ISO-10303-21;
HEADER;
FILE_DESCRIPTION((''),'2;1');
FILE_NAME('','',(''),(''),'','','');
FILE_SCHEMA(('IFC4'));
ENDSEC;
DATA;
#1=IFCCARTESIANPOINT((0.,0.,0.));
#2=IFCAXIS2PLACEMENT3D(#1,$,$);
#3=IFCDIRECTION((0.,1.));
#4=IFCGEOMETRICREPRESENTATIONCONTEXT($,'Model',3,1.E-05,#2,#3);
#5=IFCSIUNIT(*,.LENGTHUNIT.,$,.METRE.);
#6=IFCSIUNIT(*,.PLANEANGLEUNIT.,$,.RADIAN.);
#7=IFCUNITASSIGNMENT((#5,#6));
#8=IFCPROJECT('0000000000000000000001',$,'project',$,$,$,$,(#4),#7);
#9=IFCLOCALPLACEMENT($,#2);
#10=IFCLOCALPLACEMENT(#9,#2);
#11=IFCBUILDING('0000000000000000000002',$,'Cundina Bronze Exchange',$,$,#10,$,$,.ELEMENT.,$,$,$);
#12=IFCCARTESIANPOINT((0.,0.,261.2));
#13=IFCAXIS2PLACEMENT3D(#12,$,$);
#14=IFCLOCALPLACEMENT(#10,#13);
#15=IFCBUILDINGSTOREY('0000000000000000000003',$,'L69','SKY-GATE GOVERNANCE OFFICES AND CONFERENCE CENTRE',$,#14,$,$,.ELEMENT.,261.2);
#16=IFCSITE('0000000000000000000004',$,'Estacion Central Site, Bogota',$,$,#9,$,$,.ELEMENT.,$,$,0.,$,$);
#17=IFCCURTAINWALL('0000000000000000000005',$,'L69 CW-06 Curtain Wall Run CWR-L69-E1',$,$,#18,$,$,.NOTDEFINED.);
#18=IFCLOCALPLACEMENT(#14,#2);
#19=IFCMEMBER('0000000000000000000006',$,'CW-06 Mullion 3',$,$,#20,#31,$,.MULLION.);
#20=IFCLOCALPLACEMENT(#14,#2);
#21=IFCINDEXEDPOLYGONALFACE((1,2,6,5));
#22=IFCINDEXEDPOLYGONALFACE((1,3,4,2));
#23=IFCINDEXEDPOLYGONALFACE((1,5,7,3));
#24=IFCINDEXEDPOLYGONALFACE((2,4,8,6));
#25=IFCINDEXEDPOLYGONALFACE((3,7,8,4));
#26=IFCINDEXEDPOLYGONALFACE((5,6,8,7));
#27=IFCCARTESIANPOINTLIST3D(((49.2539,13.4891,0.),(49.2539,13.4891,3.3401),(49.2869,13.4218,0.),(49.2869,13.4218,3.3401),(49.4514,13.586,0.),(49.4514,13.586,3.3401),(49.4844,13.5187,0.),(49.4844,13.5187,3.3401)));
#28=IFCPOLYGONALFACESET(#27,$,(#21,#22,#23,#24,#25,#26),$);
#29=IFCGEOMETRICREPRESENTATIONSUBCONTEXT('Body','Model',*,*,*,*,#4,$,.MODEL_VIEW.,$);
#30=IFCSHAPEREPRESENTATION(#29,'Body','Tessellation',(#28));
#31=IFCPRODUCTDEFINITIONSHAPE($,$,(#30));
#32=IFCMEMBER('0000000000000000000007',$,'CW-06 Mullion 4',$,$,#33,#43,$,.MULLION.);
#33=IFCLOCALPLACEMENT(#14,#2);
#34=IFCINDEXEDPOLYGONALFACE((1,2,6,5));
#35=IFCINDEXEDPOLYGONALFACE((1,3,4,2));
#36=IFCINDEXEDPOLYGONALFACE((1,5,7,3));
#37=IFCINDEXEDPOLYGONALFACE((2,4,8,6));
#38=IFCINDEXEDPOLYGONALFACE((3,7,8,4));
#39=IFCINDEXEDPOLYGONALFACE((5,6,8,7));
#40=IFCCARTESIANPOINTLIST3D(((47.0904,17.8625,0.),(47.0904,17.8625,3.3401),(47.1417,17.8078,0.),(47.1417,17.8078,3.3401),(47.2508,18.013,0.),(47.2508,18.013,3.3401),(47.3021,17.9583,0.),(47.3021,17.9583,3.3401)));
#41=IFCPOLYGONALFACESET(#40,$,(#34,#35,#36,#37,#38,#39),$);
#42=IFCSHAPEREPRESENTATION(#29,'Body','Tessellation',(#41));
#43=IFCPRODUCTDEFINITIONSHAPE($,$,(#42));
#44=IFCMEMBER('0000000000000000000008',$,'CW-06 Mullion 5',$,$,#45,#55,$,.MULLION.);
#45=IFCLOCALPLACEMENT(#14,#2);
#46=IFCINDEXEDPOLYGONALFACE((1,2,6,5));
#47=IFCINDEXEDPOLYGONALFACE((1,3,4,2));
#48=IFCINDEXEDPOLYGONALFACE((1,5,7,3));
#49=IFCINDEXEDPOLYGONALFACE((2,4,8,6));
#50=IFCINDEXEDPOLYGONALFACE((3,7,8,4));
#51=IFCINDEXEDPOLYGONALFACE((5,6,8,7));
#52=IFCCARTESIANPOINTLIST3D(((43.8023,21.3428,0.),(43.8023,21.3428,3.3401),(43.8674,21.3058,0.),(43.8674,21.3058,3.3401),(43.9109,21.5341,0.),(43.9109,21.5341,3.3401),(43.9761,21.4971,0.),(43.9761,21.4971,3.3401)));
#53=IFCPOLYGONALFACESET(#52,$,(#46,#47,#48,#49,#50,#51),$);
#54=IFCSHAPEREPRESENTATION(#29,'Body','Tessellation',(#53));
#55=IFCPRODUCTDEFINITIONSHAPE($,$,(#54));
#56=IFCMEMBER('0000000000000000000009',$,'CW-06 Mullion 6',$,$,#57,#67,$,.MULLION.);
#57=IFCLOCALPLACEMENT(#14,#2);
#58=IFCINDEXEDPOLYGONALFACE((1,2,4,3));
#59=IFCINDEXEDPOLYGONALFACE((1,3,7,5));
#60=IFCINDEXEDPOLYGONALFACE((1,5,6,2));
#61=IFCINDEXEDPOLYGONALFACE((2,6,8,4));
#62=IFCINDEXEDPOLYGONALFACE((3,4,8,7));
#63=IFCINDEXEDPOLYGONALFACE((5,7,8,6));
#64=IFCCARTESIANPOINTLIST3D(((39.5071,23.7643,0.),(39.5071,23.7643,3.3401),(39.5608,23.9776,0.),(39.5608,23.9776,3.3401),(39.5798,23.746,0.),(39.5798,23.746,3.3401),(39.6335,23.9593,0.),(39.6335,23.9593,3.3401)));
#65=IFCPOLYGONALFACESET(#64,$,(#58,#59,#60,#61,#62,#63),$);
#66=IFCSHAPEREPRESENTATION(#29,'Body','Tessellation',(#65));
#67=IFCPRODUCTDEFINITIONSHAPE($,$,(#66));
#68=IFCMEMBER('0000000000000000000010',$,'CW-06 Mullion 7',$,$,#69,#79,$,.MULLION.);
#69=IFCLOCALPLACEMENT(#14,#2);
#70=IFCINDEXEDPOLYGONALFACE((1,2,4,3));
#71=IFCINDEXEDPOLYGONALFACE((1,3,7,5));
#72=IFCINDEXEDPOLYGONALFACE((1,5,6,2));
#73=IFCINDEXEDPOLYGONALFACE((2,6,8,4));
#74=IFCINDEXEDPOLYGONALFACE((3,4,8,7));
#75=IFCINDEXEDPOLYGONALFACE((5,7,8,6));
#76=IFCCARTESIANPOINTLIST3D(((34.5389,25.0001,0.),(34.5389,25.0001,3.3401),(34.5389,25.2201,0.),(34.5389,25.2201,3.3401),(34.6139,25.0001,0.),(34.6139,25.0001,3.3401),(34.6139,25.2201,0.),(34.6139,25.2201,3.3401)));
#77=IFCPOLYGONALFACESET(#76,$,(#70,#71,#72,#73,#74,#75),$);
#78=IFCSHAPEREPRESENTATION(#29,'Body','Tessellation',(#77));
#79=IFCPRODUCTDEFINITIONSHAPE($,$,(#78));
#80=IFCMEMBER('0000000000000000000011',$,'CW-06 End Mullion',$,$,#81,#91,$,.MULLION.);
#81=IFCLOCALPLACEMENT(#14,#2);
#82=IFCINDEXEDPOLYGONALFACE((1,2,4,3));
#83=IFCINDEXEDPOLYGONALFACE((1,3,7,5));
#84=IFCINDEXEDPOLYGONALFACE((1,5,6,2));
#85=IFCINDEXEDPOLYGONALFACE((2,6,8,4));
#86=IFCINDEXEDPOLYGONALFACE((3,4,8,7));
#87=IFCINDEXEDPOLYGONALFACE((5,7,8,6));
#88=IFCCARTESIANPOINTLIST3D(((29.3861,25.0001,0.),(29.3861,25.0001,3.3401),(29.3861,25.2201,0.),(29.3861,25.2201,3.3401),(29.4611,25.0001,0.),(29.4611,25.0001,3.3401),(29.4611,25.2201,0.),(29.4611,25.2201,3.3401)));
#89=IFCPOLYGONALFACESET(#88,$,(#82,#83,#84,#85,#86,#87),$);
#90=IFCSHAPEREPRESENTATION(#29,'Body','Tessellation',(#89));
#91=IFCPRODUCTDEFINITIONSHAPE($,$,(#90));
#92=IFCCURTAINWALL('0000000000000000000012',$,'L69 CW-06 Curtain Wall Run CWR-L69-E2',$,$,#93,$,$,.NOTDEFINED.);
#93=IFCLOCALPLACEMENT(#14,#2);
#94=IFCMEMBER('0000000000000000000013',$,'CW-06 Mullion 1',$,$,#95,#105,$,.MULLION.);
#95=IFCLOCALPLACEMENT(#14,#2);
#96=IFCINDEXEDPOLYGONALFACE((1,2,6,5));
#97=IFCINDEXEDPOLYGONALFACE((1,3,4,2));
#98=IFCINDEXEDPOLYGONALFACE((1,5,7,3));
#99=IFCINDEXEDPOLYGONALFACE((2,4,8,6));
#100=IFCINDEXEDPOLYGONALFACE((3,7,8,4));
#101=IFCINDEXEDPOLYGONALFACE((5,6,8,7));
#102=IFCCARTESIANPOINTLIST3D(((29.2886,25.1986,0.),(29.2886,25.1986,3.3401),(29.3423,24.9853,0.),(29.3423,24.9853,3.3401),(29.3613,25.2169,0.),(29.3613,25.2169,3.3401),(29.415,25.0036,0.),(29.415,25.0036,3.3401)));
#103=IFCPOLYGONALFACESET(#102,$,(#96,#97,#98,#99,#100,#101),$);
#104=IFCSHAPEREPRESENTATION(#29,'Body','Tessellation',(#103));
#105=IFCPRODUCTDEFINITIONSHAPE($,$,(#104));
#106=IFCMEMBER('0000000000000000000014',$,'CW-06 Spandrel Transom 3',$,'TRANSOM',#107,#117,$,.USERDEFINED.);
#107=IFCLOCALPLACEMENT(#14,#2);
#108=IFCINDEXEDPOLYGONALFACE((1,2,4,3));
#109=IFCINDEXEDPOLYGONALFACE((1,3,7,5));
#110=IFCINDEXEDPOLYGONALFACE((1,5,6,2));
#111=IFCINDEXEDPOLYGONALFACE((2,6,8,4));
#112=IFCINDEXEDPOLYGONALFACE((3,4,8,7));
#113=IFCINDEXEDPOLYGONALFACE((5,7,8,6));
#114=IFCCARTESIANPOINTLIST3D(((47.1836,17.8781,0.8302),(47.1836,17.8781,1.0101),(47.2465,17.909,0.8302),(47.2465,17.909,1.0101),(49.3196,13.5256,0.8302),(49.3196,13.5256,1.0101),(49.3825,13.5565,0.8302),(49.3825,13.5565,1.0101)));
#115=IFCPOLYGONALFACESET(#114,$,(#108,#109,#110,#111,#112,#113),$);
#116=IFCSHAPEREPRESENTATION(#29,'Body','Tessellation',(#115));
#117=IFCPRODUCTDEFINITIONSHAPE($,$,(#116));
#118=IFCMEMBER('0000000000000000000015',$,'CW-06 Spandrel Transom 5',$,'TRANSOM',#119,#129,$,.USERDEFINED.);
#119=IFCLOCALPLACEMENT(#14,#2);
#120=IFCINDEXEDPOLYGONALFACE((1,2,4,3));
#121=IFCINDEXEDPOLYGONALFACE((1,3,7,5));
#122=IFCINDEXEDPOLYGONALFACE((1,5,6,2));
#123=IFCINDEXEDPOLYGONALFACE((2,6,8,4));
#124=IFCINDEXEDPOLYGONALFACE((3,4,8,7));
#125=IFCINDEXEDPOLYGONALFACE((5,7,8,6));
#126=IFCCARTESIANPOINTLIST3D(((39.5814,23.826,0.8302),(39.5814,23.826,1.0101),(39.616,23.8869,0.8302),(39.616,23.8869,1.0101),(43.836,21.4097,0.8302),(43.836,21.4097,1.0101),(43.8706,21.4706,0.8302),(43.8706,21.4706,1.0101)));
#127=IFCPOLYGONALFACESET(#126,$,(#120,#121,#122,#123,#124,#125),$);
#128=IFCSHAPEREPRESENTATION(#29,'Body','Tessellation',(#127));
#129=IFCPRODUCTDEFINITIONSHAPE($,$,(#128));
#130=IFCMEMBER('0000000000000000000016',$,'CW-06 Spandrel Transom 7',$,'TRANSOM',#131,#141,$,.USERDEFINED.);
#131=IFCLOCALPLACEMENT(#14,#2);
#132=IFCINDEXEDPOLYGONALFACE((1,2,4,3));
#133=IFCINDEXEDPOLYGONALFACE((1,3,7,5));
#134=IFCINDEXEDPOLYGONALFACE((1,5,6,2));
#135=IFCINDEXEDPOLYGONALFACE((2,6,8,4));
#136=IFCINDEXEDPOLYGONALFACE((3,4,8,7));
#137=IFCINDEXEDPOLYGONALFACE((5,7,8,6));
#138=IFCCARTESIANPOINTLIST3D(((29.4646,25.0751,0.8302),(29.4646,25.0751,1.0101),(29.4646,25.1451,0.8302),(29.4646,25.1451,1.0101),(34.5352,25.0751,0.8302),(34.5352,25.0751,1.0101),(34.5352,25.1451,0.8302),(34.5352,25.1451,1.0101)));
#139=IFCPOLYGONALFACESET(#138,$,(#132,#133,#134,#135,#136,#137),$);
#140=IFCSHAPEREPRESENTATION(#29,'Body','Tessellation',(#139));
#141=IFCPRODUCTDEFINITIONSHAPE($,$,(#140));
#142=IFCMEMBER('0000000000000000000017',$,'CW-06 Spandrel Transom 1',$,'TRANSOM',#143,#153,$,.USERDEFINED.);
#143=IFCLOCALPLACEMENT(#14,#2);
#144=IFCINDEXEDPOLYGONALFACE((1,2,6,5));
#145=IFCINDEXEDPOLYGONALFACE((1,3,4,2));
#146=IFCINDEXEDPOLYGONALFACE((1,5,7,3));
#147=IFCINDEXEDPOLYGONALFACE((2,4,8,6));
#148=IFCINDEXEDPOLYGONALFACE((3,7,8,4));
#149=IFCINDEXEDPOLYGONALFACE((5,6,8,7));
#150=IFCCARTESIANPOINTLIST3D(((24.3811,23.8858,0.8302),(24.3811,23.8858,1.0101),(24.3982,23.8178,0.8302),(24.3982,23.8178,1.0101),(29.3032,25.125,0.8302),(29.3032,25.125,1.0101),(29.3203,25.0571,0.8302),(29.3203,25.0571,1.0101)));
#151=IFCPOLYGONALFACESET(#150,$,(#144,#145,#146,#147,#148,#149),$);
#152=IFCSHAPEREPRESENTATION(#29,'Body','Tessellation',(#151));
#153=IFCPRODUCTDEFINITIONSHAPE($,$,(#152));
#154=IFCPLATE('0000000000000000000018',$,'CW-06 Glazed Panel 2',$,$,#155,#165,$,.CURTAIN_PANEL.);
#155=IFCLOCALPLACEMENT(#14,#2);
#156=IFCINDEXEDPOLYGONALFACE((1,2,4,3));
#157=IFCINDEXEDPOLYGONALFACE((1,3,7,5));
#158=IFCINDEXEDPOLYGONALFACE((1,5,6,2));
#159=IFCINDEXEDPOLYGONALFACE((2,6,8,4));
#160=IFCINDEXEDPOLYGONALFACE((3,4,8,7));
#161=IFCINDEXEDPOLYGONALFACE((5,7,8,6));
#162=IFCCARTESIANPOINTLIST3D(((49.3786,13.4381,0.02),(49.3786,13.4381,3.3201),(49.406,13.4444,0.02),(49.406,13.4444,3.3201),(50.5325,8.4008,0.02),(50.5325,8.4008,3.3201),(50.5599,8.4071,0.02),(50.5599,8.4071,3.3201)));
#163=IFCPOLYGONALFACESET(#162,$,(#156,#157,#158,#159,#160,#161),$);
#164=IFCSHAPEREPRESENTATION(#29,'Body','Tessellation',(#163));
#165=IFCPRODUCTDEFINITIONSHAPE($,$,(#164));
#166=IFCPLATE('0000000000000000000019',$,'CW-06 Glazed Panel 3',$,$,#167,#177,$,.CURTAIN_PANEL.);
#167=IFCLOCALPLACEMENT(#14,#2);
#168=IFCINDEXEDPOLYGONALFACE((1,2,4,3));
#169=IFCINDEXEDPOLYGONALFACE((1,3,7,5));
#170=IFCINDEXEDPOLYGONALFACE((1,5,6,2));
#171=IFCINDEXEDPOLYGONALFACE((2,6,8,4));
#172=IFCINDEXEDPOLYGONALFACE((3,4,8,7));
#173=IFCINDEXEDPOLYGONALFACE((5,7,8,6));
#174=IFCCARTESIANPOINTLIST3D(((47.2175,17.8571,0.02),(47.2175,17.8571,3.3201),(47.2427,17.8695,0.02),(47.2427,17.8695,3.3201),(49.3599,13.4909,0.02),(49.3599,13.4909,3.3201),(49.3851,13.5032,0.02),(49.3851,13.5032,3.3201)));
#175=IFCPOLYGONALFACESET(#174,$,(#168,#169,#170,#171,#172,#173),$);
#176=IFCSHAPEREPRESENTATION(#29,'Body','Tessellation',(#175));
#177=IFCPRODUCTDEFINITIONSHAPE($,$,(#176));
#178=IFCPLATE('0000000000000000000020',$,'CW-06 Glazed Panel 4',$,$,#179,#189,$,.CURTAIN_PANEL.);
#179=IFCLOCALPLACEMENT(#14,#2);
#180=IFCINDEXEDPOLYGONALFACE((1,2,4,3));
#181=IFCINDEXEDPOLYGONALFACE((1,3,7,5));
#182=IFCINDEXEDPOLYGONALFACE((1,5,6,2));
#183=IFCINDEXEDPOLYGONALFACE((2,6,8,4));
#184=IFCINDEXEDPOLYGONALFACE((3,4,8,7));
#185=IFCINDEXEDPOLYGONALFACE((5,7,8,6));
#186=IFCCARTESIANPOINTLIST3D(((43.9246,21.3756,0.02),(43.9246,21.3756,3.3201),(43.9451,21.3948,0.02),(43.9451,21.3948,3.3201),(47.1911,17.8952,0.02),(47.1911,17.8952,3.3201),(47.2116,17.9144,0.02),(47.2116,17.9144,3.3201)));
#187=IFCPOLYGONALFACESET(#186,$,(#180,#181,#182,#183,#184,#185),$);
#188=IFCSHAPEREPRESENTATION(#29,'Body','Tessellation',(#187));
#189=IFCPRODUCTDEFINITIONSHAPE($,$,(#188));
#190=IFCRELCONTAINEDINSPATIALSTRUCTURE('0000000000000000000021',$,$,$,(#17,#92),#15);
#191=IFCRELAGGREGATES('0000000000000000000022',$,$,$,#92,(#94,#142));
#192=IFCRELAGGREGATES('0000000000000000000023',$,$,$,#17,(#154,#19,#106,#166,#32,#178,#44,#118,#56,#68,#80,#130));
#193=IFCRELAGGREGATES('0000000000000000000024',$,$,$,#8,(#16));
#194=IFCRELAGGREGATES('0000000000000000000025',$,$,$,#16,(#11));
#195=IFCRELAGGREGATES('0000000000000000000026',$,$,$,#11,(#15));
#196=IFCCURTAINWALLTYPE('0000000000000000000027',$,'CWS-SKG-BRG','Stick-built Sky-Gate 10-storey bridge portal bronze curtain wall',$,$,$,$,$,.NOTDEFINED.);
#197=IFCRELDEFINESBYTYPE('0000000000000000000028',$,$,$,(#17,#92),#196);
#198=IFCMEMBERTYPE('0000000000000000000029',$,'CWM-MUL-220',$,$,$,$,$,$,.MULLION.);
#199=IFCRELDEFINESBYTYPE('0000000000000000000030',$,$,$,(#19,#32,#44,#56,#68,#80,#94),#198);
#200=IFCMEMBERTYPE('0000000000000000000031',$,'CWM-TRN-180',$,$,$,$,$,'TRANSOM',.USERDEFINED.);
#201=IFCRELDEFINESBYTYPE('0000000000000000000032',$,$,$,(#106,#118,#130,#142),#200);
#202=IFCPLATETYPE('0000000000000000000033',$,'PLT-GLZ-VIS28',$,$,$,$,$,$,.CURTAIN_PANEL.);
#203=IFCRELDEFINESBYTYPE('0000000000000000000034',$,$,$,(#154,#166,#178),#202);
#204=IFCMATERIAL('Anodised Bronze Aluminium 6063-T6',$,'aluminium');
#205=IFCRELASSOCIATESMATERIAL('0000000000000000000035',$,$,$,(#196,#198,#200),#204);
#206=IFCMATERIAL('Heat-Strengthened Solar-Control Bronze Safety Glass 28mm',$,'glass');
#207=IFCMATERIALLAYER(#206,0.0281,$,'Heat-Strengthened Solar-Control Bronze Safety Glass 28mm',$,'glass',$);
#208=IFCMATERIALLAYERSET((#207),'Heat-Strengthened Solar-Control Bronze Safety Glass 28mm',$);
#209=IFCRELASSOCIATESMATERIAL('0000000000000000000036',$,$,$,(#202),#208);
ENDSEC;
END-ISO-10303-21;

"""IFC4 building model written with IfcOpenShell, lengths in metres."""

from ifc_helpers import new_model, si_unit, direction, frame, origin, origin_2d, place, context, subcontext, project, spatial, rectangle, extrude, material, layer, layer_set, material_profile, profile_set, type_object, element, aggregate, save


model = new_model("IFC4")

# Units and contexts
model_context = context("Model", 3, precision=1e-05, world=origin(), true_north=direction((0.0, 1.0)))
body_context = subcontext(model_context, "Body", "Model", "MODEL_VIEW")
ifc_project = project(units=[si_unit("LENGTHUNIT", "METRE"), si_unit("PLANEANGLEUNIT", "RADIAN")], contexts=[model_context])

# Site, building, storey
site_placement = place(None, origin())
site = spatial("IfcSite", under=ifc_project, at=site_placement, Name="Estacion Central Site, Bogota", CompositionType="ELEMENT", RefElevation=0.0)
building_placement = place(site_placement, origin())
building = spatial("IfcBuilding", under=site, at=building_placement, Name="Cundina Bronze Exchange", CompositionType="ELEMENT")
storey_placement = place(building_placement, frame((0.0, 0.0, 261.2)))
storey = spatial("IfcBuildingStorey", under=building, at=storey_placement, Name="L69", Description="SKY-GATE GOVERNANCE OFFICES AND CONFERENCE CENTRE", CompositionType="ELEMENT", Elevation=261.2)

# Curtain wall, members
ifc_material_1 = material(Name="Anodised Bronze Aluminium 6063-T6", Category="aluminium")
curtain_wall_type = type_object("IfcCurtainWallType", Name="CWS-SKG-BRG", Description="Stick-built Sky-Gate 10-storey bridge portal bronze curtain wall", PredefinedType="NOTDEFINED", material=ifc_material_1)
curtain_wall_1_placement = place(storey_placement, origin())
curtain_wall_1 = element("IfcCurtainWall", 1, at=curtain_wall_1_placement, inside=storey, type_object=curtain_wall_type, Name="L69 CW-06 Curtain Wall Run CWR-L69-E1", PredefinedType="NOTDEFINED")
ifc_material_profile_1 = material_profile(ifc_material_1, rectangle(XDim=0.075, YDim=0.22, at=origin_2d()), Name="AL75X220", Category="aluminium")
ifc_profile_set_1 = profile_set([ifc_material_profile_1], Name="Anodised Bronze Aluminium 6063-T6")
member_type_1 = type_object("IfcMemberType", Name="CWM-MUL-220", PredefinedType="MULLION", material=ifc_profile_set_1)
member_1_placement = place(storey_placement, frame((49.3691, 13.5039, 0.0), z_axis=(0.0, 0.0, 1.0), x_axis=(-0.440566, 0.89772, 0.0)))
member_1 = element("IfcMember", 2, at=member_1_placement, type_object=member_type_1, Name="CW-06 Mullion 3", PredefinedType="MULLION", context=body_context, shape_type="SweptSolid", body=[
    extrude(rectangle(XDim=0.075, YDim=0.22, at=origin_2d()), origin(), (0.0, 0.0, 1.0), 3.3401),
])
member_2_placement = place(storey_placement, frame((47.1963, 17.9104, 0.0), z_axis=(0.0, 0.0, 1.0), x_axis=(-0.684293, 0.729208, 0.0)))
member_2 = element("IfcMember", 3, at=member_2_placement, type_object=member_type_1, Name="CW-06 Mullion 4", PredefinedType="MULLION", context=body_context, shape_type="SweptSolid", body=[
    extrude(rectangle(XDim=0.075, YDim=0.22, at=origin_2d()), origin(), (0.0, 0.0, 1.0), 3.3401),
])
member_3_placement = place(storey_placement, frame((43.8892, 21.4199, 0.0), z_axis=(0.0, 0.0, 1.0), x_axis=(-0.869581, 0.49379, 0.0)))
member_3 = element("IfcMember", 4, at=member_3_placement, type_object=member_type_1, Name="CW-06 Mullion 5", PredefinedType="MULLION", context=body_context, shape_type="SweptSolid", body=[
    extrude(rectangle(XDim=0.075, YDim=0.22, at=origin_2d()), origin(), (0.0, 0.0, 1.0), 3.3401),
])
member_4_placement = place(storey_placement, frame((39.5703, 23.8618, 0.0), z_axis=(0.0, 0.0, 1.0), x_axis=(-0.969744, 0.244123, 0.0)))
member_4 = element("IfcMember", 5, at=member_4_placement, type_object=member_type_1, Name="CW-06 Mullion 6", PredefinedType="MULLION", context=body_context, shape_type="SweptSolid", body=[
    extrude(rectangle(XDim=0.075, YDim=0.22, at=origin_2d()), origin(), (0.0, 0.0, 1.0), 3.3401),
])
member_5_placement = place(storey_placement, frame((34.5764, 25.1101, 0.0), z_axis=(0.0, 0.0, 1.0), x_axis=(-1.0, 0.0, 0.0)))
member_5 = element("IfcMember", 6, at=member_5_placement, type_object=member_type_1, Name="CW-06 Mullion 7", PredefinedType="MULLION", context=body_context, shape_type="SweptSolid", body=[
    extrude(rectangle(XDim=0.075, YDim=0.22, at=origin_2d()), origin(), (0.0, 0.0, 1.0), 3.3401),
])
member_6_placement = place(storey_placement, frame((29.4236, 25.1101, 0.0), z_axis=(0.0, 0.0, 1.0), x_axis=(-1.0, 0.0, 0.0)))
member_6 = element("IfcMember", 7, at=member_6_placement, type_object=member_type_1, Name="CW-06 End Mullion", PredefinedType="MULLION", context=body_context, shape_type="SweptSolid", body=[
    extrude(rectangle(XDim=0.075, YDim=0.22, at=origin_2d()), origin(), (0.0, 0.0, 1.0), 3.3401),
])

# Curtain wall, member
curtain_wall_2_placement = place(storey_placement, origin())
curtain_wall_2 = element("IfcCurtainWall", 8, at=curtain_wall_2_placement, inside=storey, type_object=curtain_wall_type, Name="L69 CW-06 Curtain Wall Run CWR-L69-E2", PredefinedType="NOTDEFINED")
member_7_placement = place(storey_placement, frame((29.3518, 25.1011, 0.0), z_axis=(0.0, 0.0, 1.0), x_axis=(-0.969744, -0.244123, 0.0)))
member_7 = element("IfcMember", 9, at=member_7_placement, type_object=member_type_1, Name="CW-06 Mullion 1", PredefinedType="MULLION", context=body_context, shape_type="SweptSolid", body=[
    extrude(rectangle(XDim=0.075, YDim=0.22, at=origin_2d()), origin(), (0.0, 0.0, 1.0), 3.3401),
])

# Members
ifc_material_profile_2 = material_profile(ifc_material_1, rectangle(XDim=0.0701, YDim=0.1799, at=origin_2d()), Name="AL70X180", Category="aluminium")
ifc_profile_set_2 = profile_set([ifc_material_profile_2], Name="Anodised Bronze Aluminium 6063-T6")
member_type_2 = type_object("IfcMemberType", Name="CWM-TRN-180", ElementType="TRANSOM", PredefinedType="USERDEFINED", material=ifc_profile_set_2)
member_8_placement = place(storey_placement, frame((49.3511, 13.541, 0.9202), z_axis=(-0.440554, 0.897726, 0.0), x_axis=(-0.897726, -0.440554, 0.0)))
member_8 = element("IfcMember", 10, at=member_8_placement, type_object=member_type_2, Name="CW-06 Spandrel Transom 3", ObjectType="TRANSOM", PredefinedType="USERDEFINED", context=body_context, shape_type="SweptSolid", body=[
    extrude(rectangle(XDim=0.0701, YDim=0.1799, at=origin_2d()), origin(), (0.0, 0.0, 1.0), 4.8484),
])
member_9_placement = place(storey_placement, frame((43.8533, 21.4402, 0.9202), z_axis=(-0.869557, 0.493832, 0.0), x_axis=(-0.493832, -0.869557, 0.0)))
member_9 = element("IfcMember", 11, at=member_9_placement, type_object=member_type_2, Name="CW-06 Spandrel Transom 5", ObjectType="TRANSOM", PredefinedType="USERDEFINED", context=body_context, shape_type="SweptSolid", body=[
    extrude(rectangle(XDim=0.0701, YDim=0.1799, at=origin_2d()), origin(), (0.0, 0.0, 1.0), 4.8928),
])
member_10_placement = place(storey_placement, frame((34.5352, 25.1101, 0.9202), z_axis=(-1.0, 0.0, 0.0), x_axis=(0.0, -1.0, 0.0)))
member_10 = element("IfcMember", 12, at=member_10_placement, type_object=member_type_2, Name="CW-06 Spandrel Transom 7", ObjectType="TRANSOM", PredefinedType="USERDEFINED", context=body_context, shape_type="SweptSolid", body=[
    extrude(rectangle(XDim=0.0701, YDim=0.1799, at=origin_2d()), origin(), (0.0, 0.0, 1.0), 5.0706),
])
member_11_placement = place(storey_placement, frame((29.3118, 25.0911, 0.9202), z_axis=(-0.969737, -0.244154, 0.0), x_axis=(0.244154, -0.969737, 0.0)))
member_11 = element("IfcMember", 13, at=member_11_placement, type_object=member_type_2, Name="CW-06 Spandrel Transom 1", ObjectType="TRANSOM", PredefinedType="USERDEFINED", context=body_context, shape_type="SweptSolid", body=[
    extrude(rectangle(XDim=0.0701, YDim=0.1799, at=origin_2d()), origin(), (0.0, 0.0, 1.0), 5.0757),
])
aggregate(curtain_wall_2, [member_7, member_11])

# Plates
ifc_material_2 = material(Name="Heat-Strengthened Solar-Control Bronze Safety Glass 28mm", Category="glass")
ifc_layer_1 = layer(ifc_material_2, 0.0281, Name="Heat-Strengthened Solar-Control Bronze Safety Glass 28mm", Category="glass")
ifc_layer_set_1 = layer_set([ifc_layer_1], Name="Heat-Strengthened Solar-Control Bronze Safety Glass 28mm")
plate_type_1 = type_object("IfcPlateType", Name="PLT-GLZ-VIS28", PredefinedType="CURTAIN_PANEL", material=ifc_layer_set_1)
plate_1_placement = place(storey_placement, frame((49.9692, 10.9226, 0.02), z_axis=(0.0, 0.0, 1.0), x_axis=(-0.223284, 0.974753, 0.0)))
plate_1 = element("IfcPlate", 14, at=plate_1_placement, type_object=plate_type_1, Name="CW-06 Glazed Panel 2", PredefinedType="CURTAIN_PANEL", context=body_context, shape_type="SweptSolid", body=[
    extrude(rectangle(XDim=5.1677, YDim=0.0281, at=origin_2d()), origin(), (0.0, 0.0, 1.0), 3.3),
])
plate_2_placement = place(storey_placement, frame((48.3013, 15.6802, 0.02), z_axis=(0.0, 0.0, 1.0), x_axis=(-0.440503, 0.897751, 0.0)))
plate_2 = element("IfcPlate", 15, at=plate_2_placement, type_object=plate_type_1, Name="CW-06 Glazed Panel 3", PredefinedType="CURTAIN_PANEL", context=body_context, shape_type="SweptSolid", body=[
    extrude(rectangle(XDim=4.8635, YDim=0.0281, at=origin_2d()), origin(), (0.0, 0.0, 1.0), 3.3),
])
plate_3_placement = place(storey_placement, frame((45.5681, 19.645, 0.02), z_axis=(0.0, 0.0, 1.0), x_axis=(-0.684344, 0.72916, 0.0)))
plate_3 = element("IfcPlate", 16, at=plate_3_placement, type_object=plate_type_1, Name="CW-06 Glazed Panel 4", PredefinedType="CURTAIN_PANEL", context=body_context, shape_type="SweptSolid", body=[
    extrude(rectangle(XDim=4.7732, YDim=0.0281, at=origin_2d()), origin(), (0.0, 0.0, 1.0), 3.3),
])
aggregate(curtain_wall_1, [plate_1, member_1, member_8, plate_2, member_2, plate_3, member_3, member_9, member_4, member_5, member_6, member_10])

save(model, "model.ifc")
